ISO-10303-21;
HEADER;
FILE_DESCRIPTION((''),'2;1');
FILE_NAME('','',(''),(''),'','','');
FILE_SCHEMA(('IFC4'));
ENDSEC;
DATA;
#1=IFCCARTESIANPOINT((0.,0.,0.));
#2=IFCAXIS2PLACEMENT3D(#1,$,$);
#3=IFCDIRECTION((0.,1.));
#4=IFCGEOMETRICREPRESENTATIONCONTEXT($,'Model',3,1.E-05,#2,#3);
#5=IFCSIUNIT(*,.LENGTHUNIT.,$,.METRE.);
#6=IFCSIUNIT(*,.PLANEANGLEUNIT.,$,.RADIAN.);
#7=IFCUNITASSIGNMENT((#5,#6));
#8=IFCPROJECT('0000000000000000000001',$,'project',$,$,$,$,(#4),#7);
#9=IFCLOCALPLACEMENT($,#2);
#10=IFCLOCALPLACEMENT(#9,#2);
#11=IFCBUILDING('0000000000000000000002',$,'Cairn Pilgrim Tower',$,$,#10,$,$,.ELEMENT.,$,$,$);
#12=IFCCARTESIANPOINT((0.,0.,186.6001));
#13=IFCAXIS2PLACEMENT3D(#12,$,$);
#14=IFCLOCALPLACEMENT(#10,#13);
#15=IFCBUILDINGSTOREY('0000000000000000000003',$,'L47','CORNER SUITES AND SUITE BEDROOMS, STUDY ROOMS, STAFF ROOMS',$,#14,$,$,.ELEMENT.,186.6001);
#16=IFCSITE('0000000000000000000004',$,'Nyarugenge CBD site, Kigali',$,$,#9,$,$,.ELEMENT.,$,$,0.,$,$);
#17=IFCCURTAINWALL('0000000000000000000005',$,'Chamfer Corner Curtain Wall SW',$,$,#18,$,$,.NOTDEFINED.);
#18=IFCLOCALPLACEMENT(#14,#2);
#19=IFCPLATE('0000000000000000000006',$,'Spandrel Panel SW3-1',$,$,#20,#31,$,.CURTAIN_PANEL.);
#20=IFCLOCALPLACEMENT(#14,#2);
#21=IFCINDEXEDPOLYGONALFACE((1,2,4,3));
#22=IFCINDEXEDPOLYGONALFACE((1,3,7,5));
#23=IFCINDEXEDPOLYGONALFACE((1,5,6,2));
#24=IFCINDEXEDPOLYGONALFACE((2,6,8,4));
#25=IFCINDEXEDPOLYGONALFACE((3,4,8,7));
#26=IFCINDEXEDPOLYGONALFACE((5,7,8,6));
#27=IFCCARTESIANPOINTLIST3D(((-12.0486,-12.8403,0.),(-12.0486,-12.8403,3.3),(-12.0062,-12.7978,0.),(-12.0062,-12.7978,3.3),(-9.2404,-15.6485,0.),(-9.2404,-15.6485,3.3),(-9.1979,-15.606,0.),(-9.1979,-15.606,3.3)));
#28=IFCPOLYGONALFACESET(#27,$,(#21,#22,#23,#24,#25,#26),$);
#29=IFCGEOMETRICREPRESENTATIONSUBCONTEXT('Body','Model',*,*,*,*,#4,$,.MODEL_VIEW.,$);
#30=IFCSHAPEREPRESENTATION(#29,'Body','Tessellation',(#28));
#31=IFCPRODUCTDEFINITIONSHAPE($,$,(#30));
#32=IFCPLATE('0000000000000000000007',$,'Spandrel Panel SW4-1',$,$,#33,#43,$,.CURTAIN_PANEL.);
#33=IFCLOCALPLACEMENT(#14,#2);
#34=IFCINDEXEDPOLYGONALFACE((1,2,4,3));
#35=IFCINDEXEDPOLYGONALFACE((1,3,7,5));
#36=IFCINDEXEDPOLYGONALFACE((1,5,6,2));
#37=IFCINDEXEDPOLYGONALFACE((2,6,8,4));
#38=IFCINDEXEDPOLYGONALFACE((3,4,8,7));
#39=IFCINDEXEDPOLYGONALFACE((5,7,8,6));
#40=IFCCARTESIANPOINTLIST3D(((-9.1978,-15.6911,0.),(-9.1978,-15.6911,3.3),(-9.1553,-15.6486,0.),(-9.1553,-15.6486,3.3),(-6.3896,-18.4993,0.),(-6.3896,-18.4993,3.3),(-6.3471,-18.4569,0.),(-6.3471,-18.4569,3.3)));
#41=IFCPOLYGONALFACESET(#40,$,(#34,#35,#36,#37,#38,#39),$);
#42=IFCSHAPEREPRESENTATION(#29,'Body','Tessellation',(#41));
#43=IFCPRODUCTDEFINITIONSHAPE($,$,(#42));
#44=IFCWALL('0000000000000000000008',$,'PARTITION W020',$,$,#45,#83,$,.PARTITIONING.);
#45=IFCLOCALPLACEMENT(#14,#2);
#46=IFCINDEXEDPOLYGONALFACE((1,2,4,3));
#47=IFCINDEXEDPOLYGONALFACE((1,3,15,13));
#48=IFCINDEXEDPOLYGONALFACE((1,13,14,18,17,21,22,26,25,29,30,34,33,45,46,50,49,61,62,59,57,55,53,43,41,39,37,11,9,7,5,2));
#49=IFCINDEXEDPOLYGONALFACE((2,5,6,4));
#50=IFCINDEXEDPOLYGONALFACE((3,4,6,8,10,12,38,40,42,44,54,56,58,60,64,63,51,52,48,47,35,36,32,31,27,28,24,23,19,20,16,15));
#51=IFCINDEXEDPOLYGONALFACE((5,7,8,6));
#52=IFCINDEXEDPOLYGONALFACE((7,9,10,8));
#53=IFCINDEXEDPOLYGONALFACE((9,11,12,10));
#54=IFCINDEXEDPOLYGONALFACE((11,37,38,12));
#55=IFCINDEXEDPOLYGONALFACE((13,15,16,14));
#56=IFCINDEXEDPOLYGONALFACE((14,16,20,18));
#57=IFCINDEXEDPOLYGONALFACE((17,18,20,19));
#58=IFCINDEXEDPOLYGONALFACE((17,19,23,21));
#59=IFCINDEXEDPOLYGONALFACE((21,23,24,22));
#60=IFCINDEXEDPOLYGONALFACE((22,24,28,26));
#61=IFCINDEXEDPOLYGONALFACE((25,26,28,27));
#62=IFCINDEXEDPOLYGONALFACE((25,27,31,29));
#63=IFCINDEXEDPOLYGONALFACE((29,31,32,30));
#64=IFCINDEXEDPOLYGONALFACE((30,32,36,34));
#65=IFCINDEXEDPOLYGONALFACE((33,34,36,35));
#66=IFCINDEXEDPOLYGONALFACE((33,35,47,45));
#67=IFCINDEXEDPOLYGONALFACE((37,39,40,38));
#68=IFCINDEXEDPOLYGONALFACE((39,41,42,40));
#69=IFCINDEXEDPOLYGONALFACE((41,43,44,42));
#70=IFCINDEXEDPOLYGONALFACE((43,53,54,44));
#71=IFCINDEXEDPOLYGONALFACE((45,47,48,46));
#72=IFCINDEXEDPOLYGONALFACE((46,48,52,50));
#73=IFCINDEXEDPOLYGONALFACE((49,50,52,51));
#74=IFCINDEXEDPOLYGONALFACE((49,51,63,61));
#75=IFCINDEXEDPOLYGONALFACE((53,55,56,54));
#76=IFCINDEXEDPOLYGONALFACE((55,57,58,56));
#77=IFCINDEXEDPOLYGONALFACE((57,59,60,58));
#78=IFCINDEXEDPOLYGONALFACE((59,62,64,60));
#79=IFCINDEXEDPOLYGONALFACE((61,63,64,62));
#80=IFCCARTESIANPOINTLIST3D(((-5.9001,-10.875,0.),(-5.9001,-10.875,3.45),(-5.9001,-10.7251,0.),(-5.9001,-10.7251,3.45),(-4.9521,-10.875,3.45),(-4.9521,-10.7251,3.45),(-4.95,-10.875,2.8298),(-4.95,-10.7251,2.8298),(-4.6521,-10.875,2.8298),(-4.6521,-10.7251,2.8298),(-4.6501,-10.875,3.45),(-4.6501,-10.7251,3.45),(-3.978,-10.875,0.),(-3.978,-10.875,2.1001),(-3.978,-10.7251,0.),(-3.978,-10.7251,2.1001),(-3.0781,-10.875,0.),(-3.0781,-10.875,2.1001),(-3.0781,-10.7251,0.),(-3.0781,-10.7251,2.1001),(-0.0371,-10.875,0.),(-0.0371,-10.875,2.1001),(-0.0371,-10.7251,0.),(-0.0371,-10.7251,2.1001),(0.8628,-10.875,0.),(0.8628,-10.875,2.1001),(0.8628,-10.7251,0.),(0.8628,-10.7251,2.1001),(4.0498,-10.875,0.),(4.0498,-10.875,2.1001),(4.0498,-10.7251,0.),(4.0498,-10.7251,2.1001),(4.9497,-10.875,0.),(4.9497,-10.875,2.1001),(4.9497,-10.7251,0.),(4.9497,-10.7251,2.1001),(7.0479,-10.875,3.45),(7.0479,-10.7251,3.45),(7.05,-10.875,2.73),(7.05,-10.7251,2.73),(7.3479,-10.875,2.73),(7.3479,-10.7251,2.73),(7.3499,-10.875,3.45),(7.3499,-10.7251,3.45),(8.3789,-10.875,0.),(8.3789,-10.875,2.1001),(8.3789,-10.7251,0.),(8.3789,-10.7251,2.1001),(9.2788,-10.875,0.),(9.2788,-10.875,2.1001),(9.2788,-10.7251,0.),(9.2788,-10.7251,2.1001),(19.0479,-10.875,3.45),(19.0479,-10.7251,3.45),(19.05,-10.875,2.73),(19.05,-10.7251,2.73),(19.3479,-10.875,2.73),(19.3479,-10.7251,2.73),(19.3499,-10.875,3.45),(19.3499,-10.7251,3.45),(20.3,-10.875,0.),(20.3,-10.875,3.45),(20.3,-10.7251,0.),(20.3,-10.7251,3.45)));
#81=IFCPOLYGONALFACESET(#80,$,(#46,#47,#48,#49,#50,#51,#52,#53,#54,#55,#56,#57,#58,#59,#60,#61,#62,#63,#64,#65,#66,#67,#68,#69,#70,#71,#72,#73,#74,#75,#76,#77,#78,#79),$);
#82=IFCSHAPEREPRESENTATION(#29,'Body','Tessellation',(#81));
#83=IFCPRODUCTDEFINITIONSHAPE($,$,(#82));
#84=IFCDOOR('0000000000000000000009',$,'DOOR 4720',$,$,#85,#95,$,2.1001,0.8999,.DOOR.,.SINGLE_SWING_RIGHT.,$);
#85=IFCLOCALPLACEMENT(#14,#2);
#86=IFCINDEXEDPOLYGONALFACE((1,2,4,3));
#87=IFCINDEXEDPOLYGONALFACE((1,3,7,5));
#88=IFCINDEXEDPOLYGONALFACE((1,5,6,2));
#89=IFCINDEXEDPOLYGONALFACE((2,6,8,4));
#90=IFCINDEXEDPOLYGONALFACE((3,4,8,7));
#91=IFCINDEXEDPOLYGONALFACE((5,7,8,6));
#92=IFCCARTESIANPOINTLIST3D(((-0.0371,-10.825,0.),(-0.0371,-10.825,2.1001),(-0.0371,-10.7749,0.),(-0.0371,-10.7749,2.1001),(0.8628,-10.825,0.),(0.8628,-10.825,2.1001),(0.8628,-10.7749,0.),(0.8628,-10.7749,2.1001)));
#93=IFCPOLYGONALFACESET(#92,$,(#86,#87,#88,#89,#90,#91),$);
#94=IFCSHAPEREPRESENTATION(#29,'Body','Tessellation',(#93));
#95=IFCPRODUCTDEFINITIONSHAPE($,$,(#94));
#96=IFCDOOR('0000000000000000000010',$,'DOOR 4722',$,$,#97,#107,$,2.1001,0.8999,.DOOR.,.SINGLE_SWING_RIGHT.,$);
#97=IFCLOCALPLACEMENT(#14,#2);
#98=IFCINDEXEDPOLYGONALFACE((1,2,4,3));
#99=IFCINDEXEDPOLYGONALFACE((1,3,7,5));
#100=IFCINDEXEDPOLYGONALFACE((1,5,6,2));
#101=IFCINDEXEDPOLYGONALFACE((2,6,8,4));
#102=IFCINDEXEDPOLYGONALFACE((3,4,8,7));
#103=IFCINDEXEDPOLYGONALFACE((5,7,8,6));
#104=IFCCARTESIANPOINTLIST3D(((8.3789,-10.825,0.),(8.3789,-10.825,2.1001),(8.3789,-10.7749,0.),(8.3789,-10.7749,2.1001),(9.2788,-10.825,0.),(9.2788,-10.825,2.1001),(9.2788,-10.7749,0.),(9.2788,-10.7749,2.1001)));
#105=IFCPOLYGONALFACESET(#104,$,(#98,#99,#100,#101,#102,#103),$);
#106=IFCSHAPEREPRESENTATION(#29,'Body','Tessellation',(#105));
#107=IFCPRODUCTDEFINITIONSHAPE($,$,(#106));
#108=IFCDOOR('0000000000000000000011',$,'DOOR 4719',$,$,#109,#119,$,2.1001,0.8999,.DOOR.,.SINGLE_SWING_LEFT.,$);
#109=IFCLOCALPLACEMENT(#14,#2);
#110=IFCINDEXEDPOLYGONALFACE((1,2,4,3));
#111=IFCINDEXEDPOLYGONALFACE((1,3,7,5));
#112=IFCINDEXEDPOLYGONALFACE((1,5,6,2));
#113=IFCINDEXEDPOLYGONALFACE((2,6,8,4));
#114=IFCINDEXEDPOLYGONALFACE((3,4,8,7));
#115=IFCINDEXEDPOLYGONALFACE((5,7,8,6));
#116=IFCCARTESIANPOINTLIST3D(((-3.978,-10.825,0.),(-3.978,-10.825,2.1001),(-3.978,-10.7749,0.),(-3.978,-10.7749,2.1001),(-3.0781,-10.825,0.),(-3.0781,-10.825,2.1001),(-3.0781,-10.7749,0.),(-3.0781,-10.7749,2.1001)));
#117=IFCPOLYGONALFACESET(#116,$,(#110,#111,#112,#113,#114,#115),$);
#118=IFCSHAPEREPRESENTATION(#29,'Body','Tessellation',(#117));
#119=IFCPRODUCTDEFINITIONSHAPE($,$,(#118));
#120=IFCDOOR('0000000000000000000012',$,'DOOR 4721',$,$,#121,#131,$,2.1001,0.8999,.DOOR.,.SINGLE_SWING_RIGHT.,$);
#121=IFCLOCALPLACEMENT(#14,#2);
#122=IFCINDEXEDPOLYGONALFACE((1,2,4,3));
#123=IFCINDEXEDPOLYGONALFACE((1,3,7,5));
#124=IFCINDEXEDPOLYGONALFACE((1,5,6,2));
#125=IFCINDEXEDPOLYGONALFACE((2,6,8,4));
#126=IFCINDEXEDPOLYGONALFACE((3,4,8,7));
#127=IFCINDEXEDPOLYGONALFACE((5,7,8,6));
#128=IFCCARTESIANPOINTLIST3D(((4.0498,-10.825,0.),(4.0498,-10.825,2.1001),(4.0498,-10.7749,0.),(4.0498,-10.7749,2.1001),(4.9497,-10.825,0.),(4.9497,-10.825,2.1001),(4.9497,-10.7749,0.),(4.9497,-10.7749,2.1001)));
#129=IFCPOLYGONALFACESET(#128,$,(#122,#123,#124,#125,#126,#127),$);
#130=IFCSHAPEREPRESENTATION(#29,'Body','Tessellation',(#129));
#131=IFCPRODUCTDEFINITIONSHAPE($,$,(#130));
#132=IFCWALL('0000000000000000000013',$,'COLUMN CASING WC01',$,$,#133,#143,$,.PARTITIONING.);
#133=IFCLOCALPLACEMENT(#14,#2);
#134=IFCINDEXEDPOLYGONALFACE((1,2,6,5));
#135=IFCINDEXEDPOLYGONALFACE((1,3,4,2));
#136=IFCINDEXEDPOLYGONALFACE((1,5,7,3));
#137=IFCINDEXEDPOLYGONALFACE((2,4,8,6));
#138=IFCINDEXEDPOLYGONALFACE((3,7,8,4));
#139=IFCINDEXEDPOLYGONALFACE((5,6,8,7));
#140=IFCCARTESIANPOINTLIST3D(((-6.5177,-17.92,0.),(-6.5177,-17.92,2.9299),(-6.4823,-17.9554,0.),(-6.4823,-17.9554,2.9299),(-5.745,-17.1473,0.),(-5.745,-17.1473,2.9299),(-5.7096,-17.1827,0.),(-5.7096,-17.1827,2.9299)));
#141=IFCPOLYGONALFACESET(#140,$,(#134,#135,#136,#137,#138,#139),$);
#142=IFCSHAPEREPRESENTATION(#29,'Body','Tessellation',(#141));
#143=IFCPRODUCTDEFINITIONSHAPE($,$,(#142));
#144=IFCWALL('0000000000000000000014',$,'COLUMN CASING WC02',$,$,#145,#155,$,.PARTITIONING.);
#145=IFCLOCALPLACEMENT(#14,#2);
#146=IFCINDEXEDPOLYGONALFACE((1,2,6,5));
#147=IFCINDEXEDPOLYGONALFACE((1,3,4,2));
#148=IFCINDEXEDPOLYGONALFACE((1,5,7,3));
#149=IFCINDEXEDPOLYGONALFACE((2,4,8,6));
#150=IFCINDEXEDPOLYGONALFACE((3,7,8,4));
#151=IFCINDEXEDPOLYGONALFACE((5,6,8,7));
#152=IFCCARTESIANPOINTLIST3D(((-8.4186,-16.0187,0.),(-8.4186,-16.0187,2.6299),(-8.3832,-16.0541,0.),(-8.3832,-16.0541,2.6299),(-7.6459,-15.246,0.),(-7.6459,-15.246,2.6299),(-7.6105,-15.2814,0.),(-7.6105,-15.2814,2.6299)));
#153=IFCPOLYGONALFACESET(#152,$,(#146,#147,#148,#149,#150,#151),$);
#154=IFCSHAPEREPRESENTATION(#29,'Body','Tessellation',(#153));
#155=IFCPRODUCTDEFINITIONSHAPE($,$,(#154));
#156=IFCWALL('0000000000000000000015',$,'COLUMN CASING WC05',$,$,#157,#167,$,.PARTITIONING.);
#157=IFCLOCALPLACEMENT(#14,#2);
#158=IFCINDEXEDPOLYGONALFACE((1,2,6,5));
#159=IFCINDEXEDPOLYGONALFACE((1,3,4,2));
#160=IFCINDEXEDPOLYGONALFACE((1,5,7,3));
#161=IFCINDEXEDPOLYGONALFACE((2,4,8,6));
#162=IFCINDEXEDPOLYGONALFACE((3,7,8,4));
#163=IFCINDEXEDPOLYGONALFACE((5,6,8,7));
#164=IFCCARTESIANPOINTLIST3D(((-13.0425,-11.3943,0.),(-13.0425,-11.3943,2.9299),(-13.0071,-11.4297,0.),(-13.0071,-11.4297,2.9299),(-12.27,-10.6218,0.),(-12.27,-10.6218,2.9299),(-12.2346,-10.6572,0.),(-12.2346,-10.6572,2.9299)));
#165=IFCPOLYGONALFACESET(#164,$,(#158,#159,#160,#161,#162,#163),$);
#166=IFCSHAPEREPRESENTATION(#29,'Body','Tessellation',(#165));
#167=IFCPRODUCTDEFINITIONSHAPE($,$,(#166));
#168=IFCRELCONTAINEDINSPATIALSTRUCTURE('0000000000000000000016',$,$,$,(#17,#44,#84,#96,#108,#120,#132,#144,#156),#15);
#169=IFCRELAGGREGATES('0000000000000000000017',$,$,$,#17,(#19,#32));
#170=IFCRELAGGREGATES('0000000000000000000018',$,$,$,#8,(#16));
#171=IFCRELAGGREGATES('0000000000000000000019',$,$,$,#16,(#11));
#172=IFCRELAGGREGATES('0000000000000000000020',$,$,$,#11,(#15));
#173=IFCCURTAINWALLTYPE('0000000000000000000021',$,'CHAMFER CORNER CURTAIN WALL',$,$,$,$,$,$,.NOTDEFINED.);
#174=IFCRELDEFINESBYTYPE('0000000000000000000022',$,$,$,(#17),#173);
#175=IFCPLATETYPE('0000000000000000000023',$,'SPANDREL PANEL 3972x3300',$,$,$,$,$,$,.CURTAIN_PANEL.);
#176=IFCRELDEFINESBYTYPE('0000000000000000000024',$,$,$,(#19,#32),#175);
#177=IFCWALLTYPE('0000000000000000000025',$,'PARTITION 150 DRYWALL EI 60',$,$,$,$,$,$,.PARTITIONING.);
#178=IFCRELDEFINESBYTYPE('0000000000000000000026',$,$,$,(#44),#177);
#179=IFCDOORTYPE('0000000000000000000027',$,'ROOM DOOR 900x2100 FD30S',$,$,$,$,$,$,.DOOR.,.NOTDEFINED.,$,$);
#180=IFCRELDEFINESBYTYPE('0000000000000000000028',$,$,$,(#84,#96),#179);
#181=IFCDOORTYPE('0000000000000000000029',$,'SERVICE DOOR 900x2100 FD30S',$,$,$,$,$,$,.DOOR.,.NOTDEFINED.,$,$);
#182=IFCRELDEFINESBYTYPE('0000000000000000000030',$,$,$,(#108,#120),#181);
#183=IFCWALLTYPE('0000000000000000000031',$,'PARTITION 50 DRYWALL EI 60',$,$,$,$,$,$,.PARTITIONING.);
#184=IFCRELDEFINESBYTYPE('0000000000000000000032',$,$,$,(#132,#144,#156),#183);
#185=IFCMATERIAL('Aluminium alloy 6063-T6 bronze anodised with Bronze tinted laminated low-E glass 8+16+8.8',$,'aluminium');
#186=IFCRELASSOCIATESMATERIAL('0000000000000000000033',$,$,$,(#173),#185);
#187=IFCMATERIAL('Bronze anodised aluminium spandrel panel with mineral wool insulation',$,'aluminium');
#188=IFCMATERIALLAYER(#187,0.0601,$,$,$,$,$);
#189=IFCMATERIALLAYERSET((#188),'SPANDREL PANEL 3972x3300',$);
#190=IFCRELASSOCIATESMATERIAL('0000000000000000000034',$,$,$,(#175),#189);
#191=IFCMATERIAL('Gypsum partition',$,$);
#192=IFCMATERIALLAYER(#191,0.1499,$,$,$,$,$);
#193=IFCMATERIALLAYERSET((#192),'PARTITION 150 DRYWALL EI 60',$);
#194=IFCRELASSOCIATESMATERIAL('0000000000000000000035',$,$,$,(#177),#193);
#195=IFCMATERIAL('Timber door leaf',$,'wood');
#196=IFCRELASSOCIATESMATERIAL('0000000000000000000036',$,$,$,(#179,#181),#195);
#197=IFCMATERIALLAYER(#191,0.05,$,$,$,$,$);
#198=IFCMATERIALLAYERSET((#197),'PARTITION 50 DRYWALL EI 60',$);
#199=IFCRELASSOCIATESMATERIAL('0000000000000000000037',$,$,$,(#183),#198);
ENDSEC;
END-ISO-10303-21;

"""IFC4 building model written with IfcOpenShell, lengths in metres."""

from ifc_helpers import new_model, si_unit, direction, frame, frame_2d, origin, origin_2d, place, context, subcontext, project, spatial, polyline, rectangle, outline, extrude, material, layer, layer_set, type_object, element, fill, aggregate, save


model = new_model("IFC4")

# Units and contexts
model_context = context("Model", 3, precision=1e-05, world=origin(), true_north=direction((0.0, 1.0)))
body_context = subcontext(model_context, "Body", "Model", "MODEL_VIEW")
ifc_project = project(units=[si_unit("LENGTHUNIT", "METRE"), si_unit("PLANEANGLEUNIT", "RADIAN")], contexts=[model_context])

# Site, building, storey
site_placement = place(None, origin())
site = spatial("IfcSite", under=ifc_project, at=site_placement, Name="Nyarugenge CBD site, Kigali", CompositionType="ELEMENT", RefElevation=0.0)
building_placement = place(site_placement, origin())
building = spatial("IfcBuilding", under=site, at=building_placement, Name="Cairn Pilgrim Tower", CompositionType="ELEMENT")
storey_placement = place(building_placement, frame((0.0, 0.0, 186.6001)))
storey = spatial("IfcBuildingStorey", under=building, at=storey_placement, Name="L47", Description="CORNER SUITES AND SUITE BEDROOMS, STUDY ROOMS, STAFF ROOMS", CompositionType="ELEMENT", Elevation=186.6001)

# Curtain wall
ifc_material_1 = material(Name="Aluminium alloy 6063-T6 bronze anodised with Bronze tinted laminated low-E glass 8+16+8.8", Category="aluminium")
curtain_wall_type = type_object("IfcCurtainWallType", Name="CHAMFER CORNER CURTAIN WALL", PredefinedType="NOTDEFINED", material=ifc_material_1)
curtain_wall_placement = place(storey_placement, origin())
curtain_wall = element("IfcCurtainWall", 1, at=curtain_wall_placement, inside=storey, type_object=curtain_wall_type, Name="Chamfer Corner Curtain Wall SW", PredefinedType="NOTDEFINED")

# Plates
ifc_material_2 = material(Name="Bronze anodised aluminium spandrel panel with mineral wool insulation", Category="aluminium")
ifc_layer_1 = layer(ifc_material_2, 0.0601)
ifc_layer_set_1 = layer_set([ifc_layer_1], Name="SPANDREL PANEL 3972x3300")
plate_type = type_object("IfcPlateType", Name="SPANDREL PANEL 3972x3300", PredefinedType="CURTAIN_PANEL", material=ifc_layer_set_1)
plate_1_placement = place(storey_placement, frame((-10.6233, -14.2231, 0.0), z_axis=(0.0, 0.0, 1.0), x_axis=(0.707107, -0.707107, 0.0)))
plate_1 = element("IfcPlate", 2, at=plate_1_placement, type_object=plate_type, Name="Spandrel Panel SW3-1", PredefinedType="CURTAIN_PANEL", context=body_context, shape_type="SweptSolid", body=[
    extrude(rectangle(XDim=3.9714, YDim=0.0601, at=origin_2d()), origin(), (0.0, 0.0, 1.0), 3.3),
])
plate_2_placement = place(storey_placement, frame((-7.7725, -17.074, 0.0), z_axis=(0.0, 0.0, 1.0), x_axis=(0.707107, -0.707107, 0.0)))
plate_2 = element("IfcPlate", 3, at=plate_2_placement, type_object=plate_type, Name="Spandrel Panel SW4-1", PredefinedType="CURTAIN_PANEL", context=body_context, shape_type="SweptSolid", body=[
    extrude(rectangle(XDim=3.9714, YDim=0.0601, at=origin_2d()), origin(), (0.0, 0.0, 1.0), 3.3),
])
aggregate(curtain_wall, [plate_1, plate_2])

# Wall, openings, doors
ifc_material_3 = material(Name="Gypsum partition")
ifc_layer_2 = layer(ifc_material_3, 0.1499)
ifc_layer_set_2 = layer_set([ifc_layer_2], Name="PARTITION 150 DRYWALL EI 60")
wall_type_1 = type_object("IfcWallType", Name="PARTITION 150 DRYWALL EI 60", PredefinedType="PARTITIONING", material=ifc_layer_set_2)
wall_1_placement = place(storey_placement, frame((-5.9001, -10.8, 0.0), z_axis=(0.0, 0.0, 1.0), x_axis=(1.0, 0.0, 0.0)))
wall_1 = element("IfcWall", 4, at=wall_1_placement, inside=storey, type_object=wall_type_1, Name="PARTITION W020", PredefinedType="PARTITIONING", context=body_context, shape_type="SweptSolid", body=[
    extrude(outline(polyline([(0.0, 0.0), (26.2002, 0.0), (26.2002, 3.45), (25.25, 3.45), (25.248, 2.73), (24.9502, 2.73), (24.948, 3.45), (13.25, 3.45), (13.248, 2.73), (12.9502, 2.73), (12.948, 3.45), (1.25, 3.45), (1.248, 2.8298), (0.9502, 2.8298), (0.948, 3.45), (0.0, 3.45), (0.0, 0.0)])), frame((0.0, 0.075, 0.0), z_axis=(0.0, -1.0, 0.0), x_axis=(1.0, 0.0, 0.0)), (0.0, 0.0, 1.0), 0.1499),
])
opening_1_placement = place(wall_1_placement, frame((1.9221, 0.0, 0.0)))
opening_1 = element("IfcOpeningElement", 5, at=opening_1_placement, cuts=wall_1, PredefinedType="OPENING", context=body_context, shape_type="SweptSolid", body=[
    extrude(rectangle(XDim=0.8999, YDim=2.1001, at=frame_2d((0.45, 1.05))), frame((0.0, 0.085, 0.0), z_axis=(0.0, -1.0, 0.0), x_axis=(1.0, 0.0, 0.0)), (0.0, 0.0, 1.0), 0.1699),
])
opening_2_placement = place(wall_1_placement, frame((5.863, 0.0, 0.0)))
opening_2 = element("IfcOpeningElement", 6, at=opening_2_placement, cuts=wall_1, PredefinedType="OPENING", context=body_context, shape_type="SweptSolid", body=[
    extrude(rectangle(XDim=0.8999, YDim=2.1001, at=frame_2d((0.45, 1.05))), frame((0.0, 0.085, 0.0), z_axis=(0.0, -1.0, 0.0), x_axis=(1.0, 0.0, 0.0)), (0.0, 0.0, 1.0), 0.1699),
])
opening_3_placement = place(wall_1_placement, frame((9.95, 0.0, 0.0)))
opening_3 = element("IfcOpeningElement", 7, at=opening_3_placement, cuts=wall_1, PredefinedType="OPENING", context=body_context, shape_type="SweptSolid", body=[
    extrude(rectangle(XDim=0.8999, YDim=2.1001, at=frame_2d((0.45, 1.05))), frame((0.0, 0.085, 0.0), z_axis=(0.0, -1.0, 0.0), x_axis=(1.0, 0.0, 0.0)), (0.0, 0.0, 1.0), 0.1699),
])
opening_4_placement = place(wall_1_placement, frame((14.2791, 0.0, 0.0)))
opening_4 = element("IfcOpeningElement", 8, at=opening_4_placement, cuts=wall_1, PredefinedType="OPENING", context=body_context, shape_type="SweptSolid", body=[
    extrude(rectangle(XDim=0.8999, YDim=2.1001, at=frame_2d((0.45, 1.05))), frame((0.0, 0.085, 0.0), z_axis=(0.0, -1.0, 0.0), x_axis=(1.0, 0.0, 0.0)), (0.0, 0.0, 1.0), 0.1699),
])
ifc_material_4 = material(Name="Timber door leaf", Category="wood")
door_type_1 = type_object("IfcDoorType", Name="ROOM DOOR 900x2100 FD30S", OperationType="NOTDEFINED", PredefinedType="DOOR", material=ifc_material_4)
door_1_placement = place(opening_2_placement, frame((0.8999, 0.0, 0.0), z_axis=(0.0, 0.0, 1.0), x_axis=(-1.0, 0.0, 0.0)))
door_1 = element("IfcDoor", 9, at=door_1_placement, inside=storey, type_object=door_type_1, Name="DOOR 4720", OperationType="SINGLE_SWING_RIGHT", OverallHeight=2.1001, OverallWidth=0.8999, PredefinedType="DOOR", context=body_context, shape_type="SweptSolid", body=[
    extrude(rectangle(XDim=0.8999, YDim=2.1001, at=frame_2d((0.45, 1.05))), frame((0.0, 0.0249, 0.0), z_axis=(0.0, -1.0, 0.0), x_axis=(1.0, 0.0, 0.0)), (0.0, 0.0, 1.0), 0.05),
])
fill(opening_2, door_1)
door_2_placement = place(opening_4_placement, frame((0.8999, 0.0, 0.0), z_axis=(0.0, 0.0, 1.0), x_axis=(-1.0, 0.0, 0.0)))
door_2 = element("IfcDoor", 10, at=door_2_placement, inside=storey, type_object=door_type_1, Name="DOOR 4722", OperationType="SINGLE_SWING_RIGHT", OverallHeight=2.1001, OverallWidth=0.8999, PredefinedType="DOOR", context=body_context, shape_type="SweptSolid", body=[
    extrude(rectangle(XDim=0.8999, YDim=2.1001, at=frame_2d((0.45, 1.05))), frame((0.0, 0.0249, 0.0), z_axis=(0.0, -1.0, 0.0), x_axis=(1.0, 0.0, 0.0)), (0.0, 0.0, 1.0), 0.05),
])
fill(opening_4, door_2)
door_type_2 = type_object("IfcDoorType", Name="SERVICE DOOR 900x2100 FD30S", OperationType="NOTDEFINED", PredefinedType="DOOR", material=ifc_material_4)
door_3_placement = place(opening_1_placement, frame((0.8999, 0.0, 0.0), z_axis=(0.0, 0.0, 1.0), x_axis=(-1.0, 0.0, 0.0)))
door_3 = element("IfcDoor", 11, at=door_3_placement, inside=storey, type_object=door_type_2, Name="DOOR 4719", OperationType="SINGLE_SWING_LEFT", OverallHeight=2.1001, OverallWidth=0.8999, PredefinedType="DOOR", context=body_context, shape_type="SweptSolid", body=[
    extrude(rectangle(XDim=0.8999, YDim=2.1001, at=frame_2d((0.45, 1.05))), frame((0.0, 0.0249, 0.0), z_axis=(0.0, -1.0, 0.0), x_axis=(1.0, 0.0, 0.0)), (0.0, 0.0, 1.0), 0.05),
])
fill(opening_1, door_3)
door_4_placement = place(opening_3_placement, frame((0.8999, 0.0, 0.0), z_axis=(0.0, 0.0, 1.0), x_axis=(-1.0, 0.0, 0.0)))
door_4 = element("IfcDoor", 12, at=door_4_placement, inside=storey, type_object=door_type_2, Name="DOOR 4721", OperationType="SINGLE_SWING_RIGHT", OverallHeight=2.1001, OverallWidth=0.8999, PredefinedType="DOOR", context=body_context, shape_type="SweptSolid", body=[
    extrude(rectangle(XDim=0.8999, YDim=2.1001, at=frame_2d((0.45, 1.05))), frame((0.0, 0.0249, 0.0), z_axis=(0.0, -1.0, 0.0), x_axis=(1.0, 0.0, 0.0)), (0.0, 0.0, 1.0), 0.05),
])
fill(opening_3, door_4)

# Walls
ifc_layer_3 = layer(ifc_material_3, 0.05)
ifc_layer_set_3 = layer_set([ifc_layer_3], Name="PARTITION 50 DRYWALL EI 60")
wall_type_2 = type_object("IfcWallType", Name="PARTITION 50 DRYWALL EI 60", PredefinedType="PARTITIONING", material=ifc_layer_set_3)
wall_2_placement = place(storey_placement, frame((-6.5, -17.9377, 0.0), z_axis=(0.0, 0.0, 1.0), x_axis=(0.707107, 0.707107, 0.0)))
element("IfcWall", 13, at=wall_2_placement, inside=storey, type_object=wall_type_2, Name="COLUMN CASING WC01", PredefinedType="PARTITIONING", context=body_context, shape_type="SweptSolid", body=[
    extrude(rectangle(XDim=1.0928, YDim=0.05, at=frame_2d((0.5464, 0.0))), origin(), (0.0, 0.0, 1.0), 2.9299),
])
wall_3_placement = place(storey_placement, frame((-8.4009, -16.0364, 0.0), z_axis=(0.0, 0.0, 1.0), x_axis=(0.707107, 0.707107, 0.0)))
element("IfcWall", 14, at=wall_3_placement, inside=storey, type_object=wall_type_2, Name="COLUMN CASING WC02", PredefinedType="PARTITIONING", context=body_context, shape_type="SweptSolid", body=[
    extrude(rectangle(XDim=1.0928, YDim=0.05, at=frame_2d((0.5464, 0.0))), origin(), (0.0, 0.0, 1.0), 2.6299),
])
wall_4_placement = place(storey_placement, frame((-13.0249, -11.4121, 0.0), z_axis=(0.0, 0.0, 1.0), x_axis=(0.707107, 0.707107, 0.0)))
element("IfcWall", 15, at=wall_4_placement, inside=storey, type_object=wall_type_2, Name="COLUMN CASING WC05", PredefinedType="PARTITIONING", context=body_context, shape_type="SweptSolid", body=[
    extrude(rectangle(XDim=1.0925, YDim=0.05, at=frame_2d((0.5464, 0.0))), origin(), (0.0, 0.0, 1.0), 2.9299),
])

save(model, "model.ifc")
